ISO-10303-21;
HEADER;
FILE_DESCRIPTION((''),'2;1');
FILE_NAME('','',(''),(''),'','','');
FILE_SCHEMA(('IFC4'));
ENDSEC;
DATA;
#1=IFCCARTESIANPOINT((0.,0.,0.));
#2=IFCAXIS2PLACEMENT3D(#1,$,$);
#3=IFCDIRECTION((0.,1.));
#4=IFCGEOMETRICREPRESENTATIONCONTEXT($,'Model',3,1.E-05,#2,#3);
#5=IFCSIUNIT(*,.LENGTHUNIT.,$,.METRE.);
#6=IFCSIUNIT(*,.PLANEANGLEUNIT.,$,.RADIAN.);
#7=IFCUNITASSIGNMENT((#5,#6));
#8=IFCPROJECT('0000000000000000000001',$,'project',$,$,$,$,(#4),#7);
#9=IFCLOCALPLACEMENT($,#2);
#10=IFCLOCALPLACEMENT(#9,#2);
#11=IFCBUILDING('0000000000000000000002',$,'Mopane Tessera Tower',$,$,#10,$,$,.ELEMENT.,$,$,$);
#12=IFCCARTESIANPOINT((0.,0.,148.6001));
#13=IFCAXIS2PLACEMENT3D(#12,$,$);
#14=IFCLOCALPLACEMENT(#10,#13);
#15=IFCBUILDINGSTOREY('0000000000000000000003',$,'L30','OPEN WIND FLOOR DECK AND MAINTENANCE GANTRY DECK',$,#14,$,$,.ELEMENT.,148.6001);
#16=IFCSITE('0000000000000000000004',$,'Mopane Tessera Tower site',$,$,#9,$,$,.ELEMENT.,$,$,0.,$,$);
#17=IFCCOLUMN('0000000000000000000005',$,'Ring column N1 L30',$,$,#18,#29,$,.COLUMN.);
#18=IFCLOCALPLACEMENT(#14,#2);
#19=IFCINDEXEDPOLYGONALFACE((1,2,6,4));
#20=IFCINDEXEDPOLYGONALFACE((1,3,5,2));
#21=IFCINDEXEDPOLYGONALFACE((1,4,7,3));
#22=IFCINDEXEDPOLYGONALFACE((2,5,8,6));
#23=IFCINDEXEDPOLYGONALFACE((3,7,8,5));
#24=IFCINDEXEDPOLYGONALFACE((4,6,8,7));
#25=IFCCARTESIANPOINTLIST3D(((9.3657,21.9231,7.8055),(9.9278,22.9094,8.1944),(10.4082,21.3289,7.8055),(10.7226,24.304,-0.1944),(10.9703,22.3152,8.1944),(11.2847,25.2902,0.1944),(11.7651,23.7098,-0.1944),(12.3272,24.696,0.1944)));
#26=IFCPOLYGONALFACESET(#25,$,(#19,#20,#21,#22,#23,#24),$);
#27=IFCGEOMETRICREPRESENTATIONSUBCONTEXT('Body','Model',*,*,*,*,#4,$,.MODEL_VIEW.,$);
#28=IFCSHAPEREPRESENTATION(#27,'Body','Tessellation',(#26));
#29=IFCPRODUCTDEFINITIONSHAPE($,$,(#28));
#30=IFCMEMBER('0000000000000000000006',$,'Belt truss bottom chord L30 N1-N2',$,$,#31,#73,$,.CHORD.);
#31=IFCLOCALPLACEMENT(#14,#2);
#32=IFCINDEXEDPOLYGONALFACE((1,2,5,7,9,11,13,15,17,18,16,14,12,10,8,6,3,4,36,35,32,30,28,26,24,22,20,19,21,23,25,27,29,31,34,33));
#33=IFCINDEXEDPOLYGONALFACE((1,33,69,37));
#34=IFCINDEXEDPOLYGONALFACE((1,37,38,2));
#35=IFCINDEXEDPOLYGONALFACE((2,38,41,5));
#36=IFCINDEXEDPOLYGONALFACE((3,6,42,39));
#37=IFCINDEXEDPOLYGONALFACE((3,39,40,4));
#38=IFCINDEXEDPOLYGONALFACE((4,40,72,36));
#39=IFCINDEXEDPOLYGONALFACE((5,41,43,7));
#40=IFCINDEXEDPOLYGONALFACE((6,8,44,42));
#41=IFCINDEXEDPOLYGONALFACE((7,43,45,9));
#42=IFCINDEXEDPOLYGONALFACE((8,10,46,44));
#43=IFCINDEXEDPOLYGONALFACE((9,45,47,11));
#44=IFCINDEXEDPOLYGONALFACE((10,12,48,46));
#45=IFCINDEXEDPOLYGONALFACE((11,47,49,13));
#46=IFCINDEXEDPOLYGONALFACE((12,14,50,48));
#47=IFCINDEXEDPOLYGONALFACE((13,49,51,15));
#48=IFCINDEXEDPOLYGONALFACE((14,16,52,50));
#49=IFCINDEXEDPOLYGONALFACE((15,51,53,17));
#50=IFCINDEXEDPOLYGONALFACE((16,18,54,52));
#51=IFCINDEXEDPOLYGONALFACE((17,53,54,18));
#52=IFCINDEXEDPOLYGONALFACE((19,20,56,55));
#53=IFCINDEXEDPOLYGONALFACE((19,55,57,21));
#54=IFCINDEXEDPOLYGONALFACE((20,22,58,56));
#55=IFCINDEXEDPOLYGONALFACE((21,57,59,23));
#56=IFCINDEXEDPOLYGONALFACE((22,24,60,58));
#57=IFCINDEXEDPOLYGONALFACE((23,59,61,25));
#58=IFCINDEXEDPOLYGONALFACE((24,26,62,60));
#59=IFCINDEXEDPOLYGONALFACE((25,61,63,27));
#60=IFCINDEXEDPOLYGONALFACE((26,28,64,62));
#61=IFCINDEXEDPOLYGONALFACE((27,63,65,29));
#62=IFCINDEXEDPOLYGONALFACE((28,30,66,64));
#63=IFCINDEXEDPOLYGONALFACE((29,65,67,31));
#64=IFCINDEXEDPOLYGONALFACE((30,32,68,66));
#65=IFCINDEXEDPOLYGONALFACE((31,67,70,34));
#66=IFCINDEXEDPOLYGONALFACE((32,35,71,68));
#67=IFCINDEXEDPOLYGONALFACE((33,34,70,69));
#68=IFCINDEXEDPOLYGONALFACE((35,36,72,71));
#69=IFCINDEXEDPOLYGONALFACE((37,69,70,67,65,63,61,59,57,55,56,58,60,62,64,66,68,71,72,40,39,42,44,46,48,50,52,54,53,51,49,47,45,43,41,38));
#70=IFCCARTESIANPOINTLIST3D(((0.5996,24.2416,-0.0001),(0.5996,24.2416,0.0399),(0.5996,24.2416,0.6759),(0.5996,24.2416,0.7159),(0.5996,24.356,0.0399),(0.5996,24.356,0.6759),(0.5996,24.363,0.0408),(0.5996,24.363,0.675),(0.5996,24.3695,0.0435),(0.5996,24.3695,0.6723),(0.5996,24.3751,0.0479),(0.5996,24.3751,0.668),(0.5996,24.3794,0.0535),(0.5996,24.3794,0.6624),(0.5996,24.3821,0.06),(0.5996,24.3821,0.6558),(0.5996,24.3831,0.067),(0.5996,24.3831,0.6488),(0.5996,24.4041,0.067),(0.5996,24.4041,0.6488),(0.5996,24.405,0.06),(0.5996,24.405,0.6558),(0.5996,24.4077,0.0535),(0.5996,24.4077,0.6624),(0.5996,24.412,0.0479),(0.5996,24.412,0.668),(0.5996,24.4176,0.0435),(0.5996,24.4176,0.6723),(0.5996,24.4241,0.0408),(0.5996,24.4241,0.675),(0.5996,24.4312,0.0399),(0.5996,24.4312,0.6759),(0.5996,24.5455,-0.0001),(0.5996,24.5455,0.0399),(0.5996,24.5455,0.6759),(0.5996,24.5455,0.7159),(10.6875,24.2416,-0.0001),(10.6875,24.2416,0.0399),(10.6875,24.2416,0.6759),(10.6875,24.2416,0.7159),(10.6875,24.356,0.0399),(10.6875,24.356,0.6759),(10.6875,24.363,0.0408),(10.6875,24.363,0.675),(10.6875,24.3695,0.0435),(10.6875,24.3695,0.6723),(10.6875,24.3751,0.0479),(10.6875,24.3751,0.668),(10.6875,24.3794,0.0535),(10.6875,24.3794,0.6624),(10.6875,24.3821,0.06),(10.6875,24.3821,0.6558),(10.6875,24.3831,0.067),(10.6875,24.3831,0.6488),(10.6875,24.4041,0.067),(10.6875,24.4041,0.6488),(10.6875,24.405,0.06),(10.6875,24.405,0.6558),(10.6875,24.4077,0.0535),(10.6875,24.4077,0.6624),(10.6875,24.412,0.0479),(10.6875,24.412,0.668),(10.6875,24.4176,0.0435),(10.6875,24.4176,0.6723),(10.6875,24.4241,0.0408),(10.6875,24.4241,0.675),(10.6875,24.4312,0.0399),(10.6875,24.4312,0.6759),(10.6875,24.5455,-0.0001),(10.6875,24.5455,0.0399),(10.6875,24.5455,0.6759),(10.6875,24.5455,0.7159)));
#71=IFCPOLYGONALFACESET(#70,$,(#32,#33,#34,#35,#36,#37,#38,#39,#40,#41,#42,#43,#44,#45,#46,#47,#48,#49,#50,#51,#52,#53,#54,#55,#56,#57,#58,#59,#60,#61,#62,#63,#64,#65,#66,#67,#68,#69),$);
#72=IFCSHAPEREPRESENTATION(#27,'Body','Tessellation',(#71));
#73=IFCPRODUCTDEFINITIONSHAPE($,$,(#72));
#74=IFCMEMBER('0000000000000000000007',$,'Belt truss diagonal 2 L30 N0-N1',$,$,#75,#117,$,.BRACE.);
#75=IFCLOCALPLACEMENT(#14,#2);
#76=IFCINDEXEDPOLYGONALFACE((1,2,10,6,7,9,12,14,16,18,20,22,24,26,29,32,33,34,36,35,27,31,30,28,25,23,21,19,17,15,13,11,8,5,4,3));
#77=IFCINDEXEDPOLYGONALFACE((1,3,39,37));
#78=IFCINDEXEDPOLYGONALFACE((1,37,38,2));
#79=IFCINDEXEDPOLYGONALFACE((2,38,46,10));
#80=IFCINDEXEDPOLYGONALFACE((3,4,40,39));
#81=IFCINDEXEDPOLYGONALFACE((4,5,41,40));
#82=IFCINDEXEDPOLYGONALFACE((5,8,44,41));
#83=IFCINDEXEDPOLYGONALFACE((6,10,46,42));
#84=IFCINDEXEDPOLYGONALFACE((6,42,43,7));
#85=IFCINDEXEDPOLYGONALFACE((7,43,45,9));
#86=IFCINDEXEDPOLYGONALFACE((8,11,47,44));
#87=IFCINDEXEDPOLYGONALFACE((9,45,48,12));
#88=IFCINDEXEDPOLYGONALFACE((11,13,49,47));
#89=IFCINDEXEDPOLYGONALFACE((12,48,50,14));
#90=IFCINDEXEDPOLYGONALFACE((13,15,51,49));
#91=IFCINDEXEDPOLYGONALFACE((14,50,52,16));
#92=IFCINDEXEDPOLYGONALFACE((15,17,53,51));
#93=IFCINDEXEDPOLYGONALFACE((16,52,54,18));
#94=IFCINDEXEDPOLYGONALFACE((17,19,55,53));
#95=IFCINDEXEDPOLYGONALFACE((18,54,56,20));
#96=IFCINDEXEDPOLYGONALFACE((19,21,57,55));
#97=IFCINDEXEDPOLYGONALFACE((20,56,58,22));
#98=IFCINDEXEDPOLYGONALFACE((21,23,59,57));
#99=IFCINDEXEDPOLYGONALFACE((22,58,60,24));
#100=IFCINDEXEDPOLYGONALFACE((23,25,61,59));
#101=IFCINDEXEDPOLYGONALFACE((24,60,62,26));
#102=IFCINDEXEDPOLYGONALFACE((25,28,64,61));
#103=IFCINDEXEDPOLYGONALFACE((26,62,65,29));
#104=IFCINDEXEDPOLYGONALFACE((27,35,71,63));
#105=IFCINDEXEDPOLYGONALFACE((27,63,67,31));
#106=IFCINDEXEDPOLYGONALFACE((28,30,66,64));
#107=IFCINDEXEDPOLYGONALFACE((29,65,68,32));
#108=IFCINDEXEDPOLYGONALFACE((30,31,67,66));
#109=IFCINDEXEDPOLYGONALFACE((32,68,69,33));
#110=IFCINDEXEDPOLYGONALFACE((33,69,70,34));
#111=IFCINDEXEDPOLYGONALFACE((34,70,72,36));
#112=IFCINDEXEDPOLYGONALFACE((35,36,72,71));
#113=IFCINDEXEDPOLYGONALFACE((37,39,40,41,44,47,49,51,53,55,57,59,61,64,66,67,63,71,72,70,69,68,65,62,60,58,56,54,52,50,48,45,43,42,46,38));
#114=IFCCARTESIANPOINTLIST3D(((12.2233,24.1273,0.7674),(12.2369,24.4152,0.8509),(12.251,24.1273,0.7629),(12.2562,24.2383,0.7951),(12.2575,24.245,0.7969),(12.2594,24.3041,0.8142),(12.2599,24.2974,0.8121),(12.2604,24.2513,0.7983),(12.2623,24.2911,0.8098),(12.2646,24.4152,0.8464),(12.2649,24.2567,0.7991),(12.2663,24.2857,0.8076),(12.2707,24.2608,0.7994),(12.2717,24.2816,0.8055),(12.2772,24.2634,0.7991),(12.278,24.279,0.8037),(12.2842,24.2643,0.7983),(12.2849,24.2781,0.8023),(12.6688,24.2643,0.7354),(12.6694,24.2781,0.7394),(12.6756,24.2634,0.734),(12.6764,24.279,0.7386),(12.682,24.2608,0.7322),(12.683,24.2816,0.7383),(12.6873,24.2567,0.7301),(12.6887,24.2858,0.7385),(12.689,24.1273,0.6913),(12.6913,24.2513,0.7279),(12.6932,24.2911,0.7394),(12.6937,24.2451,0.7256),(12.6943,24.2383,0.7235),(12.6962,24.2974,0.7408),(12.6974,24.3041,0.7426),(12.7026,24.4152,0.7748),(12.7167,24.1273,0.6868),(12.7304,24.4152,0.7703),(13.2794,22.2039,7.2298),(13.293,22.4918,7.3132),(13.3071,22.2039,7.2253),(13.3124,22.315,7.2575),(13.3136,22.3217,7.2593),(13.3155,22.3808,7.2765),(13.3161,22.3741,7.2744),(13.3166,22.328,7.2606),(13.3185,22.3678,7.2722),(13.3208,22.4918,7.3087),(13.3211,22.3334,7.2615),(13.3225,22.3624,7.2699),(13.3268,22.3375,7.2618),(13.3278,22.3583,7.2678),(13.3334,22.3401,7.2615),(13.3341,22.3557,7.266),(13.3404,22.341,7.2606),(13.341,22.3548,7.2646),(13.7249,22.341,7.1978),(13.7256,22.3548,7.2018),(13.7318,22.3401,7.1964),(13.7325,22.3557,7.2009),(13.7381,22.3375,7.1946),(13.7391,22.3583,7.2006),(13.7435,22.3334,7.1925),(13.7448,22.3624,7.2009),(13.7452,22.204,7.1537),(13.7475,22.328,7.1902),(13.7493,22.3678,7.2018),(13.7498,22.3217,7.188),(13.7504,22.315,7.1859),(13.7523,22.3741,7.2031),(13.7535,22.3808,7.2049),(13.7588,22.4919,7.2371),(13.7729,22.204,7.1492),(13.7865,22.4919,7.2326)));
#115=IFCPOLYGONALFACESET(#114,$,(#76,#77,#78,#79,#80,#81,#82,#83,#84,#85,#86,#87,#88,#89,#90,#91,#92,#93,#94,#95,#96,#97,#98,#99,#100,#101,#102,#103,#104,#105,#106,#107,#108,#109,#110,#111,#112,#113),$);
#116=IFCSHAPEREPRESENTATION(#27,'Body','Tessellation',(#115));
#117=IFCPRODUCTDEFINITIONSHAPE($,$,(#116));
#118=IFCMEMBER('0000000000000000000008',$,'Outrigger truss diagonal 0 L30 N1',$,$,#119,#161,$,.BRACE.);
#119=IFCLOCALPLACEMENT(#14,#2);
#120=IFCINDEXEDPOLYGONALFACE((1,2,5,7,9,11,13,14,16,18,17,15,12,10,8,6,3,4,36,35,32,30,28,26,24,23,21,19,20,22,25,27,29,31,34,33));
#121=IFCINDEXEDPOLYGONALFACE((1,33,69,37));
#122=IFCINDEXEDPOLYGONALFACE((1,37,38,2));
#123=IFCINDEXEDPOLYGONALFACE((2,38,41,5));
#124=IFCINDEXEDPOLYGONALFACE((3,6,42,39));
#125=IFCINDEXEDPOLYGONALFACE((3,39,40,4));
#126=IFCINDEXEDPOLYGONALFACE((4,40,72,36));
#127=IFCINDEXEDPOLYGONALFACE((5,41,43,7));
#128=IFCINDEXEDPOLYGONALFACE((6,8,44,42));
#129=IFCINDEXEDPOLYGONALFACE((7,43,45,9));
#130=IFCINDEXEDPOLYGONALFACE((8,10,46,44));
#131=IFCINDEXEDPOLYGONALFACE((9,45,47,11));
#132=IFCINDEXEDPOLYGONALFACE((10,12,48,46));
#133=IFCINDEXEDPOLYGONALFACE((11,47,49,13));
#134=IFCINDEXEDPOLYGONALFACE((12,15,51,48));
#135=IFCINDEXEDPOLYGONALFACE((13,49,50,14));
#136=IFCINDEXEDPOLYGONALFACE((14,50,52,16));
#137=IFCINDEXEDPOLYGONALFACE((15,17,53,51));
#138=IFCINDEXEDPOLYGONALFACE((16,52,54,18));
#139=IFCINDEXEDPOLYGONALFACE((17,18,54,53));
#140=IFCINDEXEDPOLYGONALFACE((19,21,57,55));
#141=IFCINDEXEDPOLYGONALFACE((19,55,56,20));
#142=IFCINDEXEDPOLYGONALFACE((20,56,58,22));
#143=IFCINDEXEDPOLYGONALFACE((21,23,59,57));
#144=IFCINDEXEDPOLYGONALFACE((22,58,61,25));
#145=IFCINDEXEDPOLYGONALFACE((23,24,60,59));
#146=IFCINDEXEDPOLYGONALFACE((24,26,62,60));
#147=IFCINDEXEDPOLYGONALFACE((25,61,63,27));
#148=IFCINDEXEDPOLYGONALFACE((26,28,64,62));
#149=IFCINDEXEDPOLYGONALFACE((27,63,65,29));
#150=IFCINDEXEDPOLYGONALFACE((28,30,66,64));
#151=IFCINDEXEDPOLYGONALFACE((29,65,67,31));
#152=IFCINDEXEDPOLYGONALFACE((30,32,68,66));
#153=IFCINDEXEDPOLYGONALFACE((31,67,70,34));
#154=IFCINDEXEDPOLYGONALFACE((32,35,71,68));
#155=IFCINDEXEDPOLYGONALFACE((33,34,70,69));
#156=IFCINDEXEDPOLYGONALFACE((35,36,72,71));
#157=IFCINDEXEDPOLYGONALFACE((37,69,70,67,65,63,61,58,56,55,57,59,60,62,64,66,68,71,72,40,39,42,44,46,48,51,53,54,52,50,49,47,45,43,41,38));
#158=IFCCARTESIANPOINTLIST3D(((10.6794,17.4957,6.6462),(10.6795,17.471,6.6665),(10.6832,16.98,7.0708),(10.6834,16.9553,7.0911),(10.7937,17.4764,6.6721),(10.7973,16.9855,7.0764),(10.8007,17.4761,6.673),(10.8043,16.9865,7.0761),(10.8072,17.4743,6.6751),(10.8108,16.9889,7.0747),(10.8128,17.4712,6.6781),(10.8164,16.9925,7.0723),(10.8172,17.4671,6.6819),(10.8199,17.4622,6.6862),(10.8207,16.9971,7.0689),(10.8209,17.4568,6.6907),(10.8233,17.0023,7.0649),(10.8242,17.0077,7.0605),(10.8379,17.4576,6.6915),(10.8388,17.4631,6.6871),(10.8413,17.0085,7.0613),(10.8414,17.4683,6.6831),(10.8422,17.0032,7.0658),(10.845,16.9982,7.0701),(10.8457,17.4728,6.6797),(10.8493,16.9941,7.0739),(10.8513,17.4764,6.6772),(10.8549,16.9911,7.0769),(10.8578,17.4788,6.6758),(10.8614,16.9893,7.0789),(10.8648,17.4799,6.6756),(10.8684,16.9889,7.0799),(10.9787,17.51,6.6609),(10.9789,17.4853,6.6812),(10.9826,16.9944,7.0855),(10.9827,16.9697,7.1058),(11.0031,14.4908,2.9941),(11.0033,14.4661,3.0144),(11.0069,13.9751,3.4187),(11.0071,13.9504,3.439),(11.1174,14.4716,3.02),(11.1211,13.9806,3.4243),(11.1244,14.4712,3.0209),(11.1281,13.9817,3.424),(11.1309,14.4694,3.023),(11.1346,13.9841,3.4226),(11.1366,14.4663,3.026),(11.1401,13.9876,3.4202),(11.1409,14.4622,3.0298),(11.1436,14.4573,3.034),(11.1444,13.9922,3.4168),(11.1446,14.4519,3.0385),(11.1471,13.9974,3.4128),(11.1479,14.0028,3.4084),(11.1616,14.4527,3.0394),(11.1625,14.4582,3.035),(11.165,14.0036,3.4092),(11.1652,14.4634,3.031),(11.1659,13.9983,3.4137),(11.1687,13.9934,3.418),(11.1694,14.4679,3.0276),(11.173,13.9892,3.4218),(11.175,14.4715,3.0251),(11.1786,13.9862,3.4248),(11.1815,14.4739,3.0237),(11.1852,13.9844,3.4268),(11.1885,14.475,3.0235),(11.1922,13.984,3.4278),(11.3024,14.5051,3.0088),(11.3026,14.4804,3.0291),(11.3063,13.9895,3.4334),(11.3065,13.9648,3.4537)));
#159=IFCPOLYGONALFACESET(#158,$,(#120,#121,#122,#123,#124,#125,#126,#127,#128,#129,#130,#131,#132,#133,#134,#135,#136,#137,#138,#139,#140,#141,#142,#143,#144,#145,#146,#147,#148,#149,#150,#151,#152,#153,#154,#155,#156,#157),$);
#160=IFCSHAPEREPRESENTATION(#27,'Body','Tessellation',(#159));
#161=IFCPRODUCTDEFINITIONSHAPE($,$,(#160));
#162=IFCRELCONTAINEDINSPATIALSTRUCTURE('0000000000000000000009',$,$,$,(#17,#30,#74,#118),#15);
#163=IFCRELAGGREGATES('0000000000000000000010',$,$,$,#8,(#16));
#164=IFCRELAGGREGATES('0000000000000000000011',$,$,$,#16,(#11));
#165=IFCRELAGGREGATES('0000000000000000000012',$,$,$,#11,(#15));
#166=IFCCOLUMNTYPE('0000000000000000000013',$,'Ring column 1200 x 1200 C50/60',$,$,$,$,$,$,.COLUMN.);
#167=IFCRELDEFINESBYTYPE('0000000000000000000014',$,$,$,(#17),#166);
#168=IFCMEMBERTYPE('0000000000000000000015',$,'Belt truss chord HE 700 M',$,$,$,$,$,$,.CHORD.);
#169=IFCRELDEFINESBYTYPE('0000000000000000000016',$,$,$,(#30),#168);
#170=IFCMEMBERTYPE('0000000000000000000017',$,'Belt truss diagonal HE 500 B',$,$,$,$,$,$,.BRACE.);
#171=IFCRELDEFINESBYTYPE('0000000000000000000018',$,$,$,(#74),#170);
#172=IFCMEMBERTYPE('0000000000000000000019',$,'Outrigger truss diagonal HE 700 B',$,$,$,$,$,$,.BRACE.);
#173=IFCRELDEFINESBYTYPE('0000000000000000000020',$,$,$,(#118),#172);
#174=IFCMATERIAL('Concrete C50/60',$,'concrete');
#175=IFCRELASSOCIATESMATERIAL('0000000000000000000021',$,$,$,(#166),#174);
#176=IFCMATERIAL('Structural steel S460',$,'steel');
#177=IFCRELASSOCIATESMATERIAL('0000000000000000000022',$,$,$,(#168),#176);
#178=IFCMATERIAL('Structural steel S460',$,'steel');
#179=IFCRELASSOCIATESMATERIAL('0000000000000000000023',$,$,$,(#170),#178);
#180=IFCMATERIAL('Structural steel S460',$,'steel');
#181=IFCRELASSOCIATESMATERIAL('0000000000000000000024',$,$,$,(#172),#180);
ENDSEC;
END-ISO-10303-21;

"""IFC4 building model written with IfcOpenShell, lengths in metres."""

from ifc_helpers import new_model, si_unit, direction, frame, origin, origin_2d, place, context, subcontext, project, spatial, rectangle, i_section, extrude, material, material_profile, profile_set, type_object, element, save


model = new_model("IFC4")

# Units and contexts
model_context = context("Model", 3, precision=1e-05, world=origin(), true_north=direction((0.0, 1.0)))
body_context = subcontext(model_context, "Body", "Model", "MODEL_VIEW")
ifc_project = project(units=[si_unit("LENGTHUNIT", "METRE"), si_unit("PLANEANGLEUNIT", "RADIAN")], contexts=[model_context])

# Site, building, storey
site_placement = place(None, origin())
site = spatial("IfcSite", under=ifc_project, at=site_placement, Name="Mopane Tessera Tower site", CompositionType="ELEMENT", RefElevation=0.0)
building_placement = place(site_placement, origin())
building = spatial("IfcBuilding", under=site, at=building_placement, Name="Mopane Tessera Tower", CompositionType="ELEMENT")
storey_placement = place(building_placement, frame((0.0, 0.0, 148.6001)))
storey = spatial("IfcBuildingStorey", under=building, at=storey_placement, Name="L30", Description="OPEN WIND FLOOR DECK AND MAINTENANCE GANTRY DECK", CompositionType="ELEMENT", Elevation=148.6001)

# Column
ifc_material_1 = material(Name="Concrete C50/60", Category="concrete")
ifc_material_profile_1 = material_profile(ifc_material_1, rectangle(XDim=1.2, YDim=1.2, at=origin_2d()))
ifc_profile_set_1 = profile_set([ifc_material_profile_1], Name="Concrete C50/60")
column_type = type_object("IfcColumnType", Name="Ring column 1200 x 1200 C50/60", PredefinedType="COLUMN", material=ifc_profile_set_1)
column_placement = place(storey_placement, frame((11.5249, 24.5, 0.0), z_axis=(-0.160463, -0.281547, 0.946035), x_axis=(0.868802, -0.49516, 0.0)))
element("IfcColumn", 1, at=column_placement, inside=storey, type_object=column_type, Name="Ring column N1 L30", PredefinedType="COLUMN", context=body_context, shape_type="SweptSolid", body=[
    extrude(rectangle(XDim=1.2, YDim=1.2, at=origin_2d()), origin(), (0.0, 0.0, 1.0), 8.4563),
])

# Members
ifc_material_2 = material(Name="Structural steel S460", Category="steel")
ifc_material_profile_2 = material_profile(ifc_material_2, i_section(OverallWidth=0.304, OverallDepth=0.7161, WebThickness=0.021, FlangeThickness=0.04, FilletRadius=0.0271, at=origin_2d()))
ifc_profile_set_2 = profile_set([ifc_material_profile_2], Name="Structural steel S460")
member_type_1 = type_object("IfcMemberType", Name="Belt truss chord HE 700 M", PredefinedType="CHORD", material=ifc_profile_set_2)
member_1_placement = place(storey_placement, frame((10.6875, 24.3936, 0.3579), z_axis=(-1.0, 0.0, 0.0), x_axis=(0.0, -1.0, 0.0)))
element("IfcMember", 2, at=member_1_placement, inside=storey, type_object=member_type_1, Name="Belt truss bottom chord L30 N1-N2", PredefinedType="CHORD", context=body_context, shape_type="SweptSolid", body=[
    extrude(i_section(OverallWidth=0.304, OverallDepth=0.7161, WebThickness=0.021, FlangeThickness=0.04, FilletRadius=0.0271, at=origin_2d()), origin(), (0.0, 0.0, 1.0), 10.0879),
])
ifc_material_3 = material(Name="Structural steel S460", Category="steel")
ifc_material_profile_3 = material_profile(ifc_material_3, i_section(OverallWidth=0.3, OverallDepth=0.5, WebThickness=0.0144, FlangeThickness=0.0281, FilletRadius=0.0271, at=origin_2d()))
ifc_profile_set_3 = profile_set([ifc_material_profile_3], Name="Structural steel S460")
member_type_2 = type_object("IfcMemberType", Name="Belt truss diagonal HE 500 B", PredefinedType="BRACE", material=ifc_profile_set_3)
member_2_placement = place(storey_placement, frame((13.533, 22.3479, 7.2312), z_axis=(-0.154753, 0.281818, -0.946906), x_axis=(-0.045419, -0.959468, -0.278134)))
element("IfcMember", 3, at=member_2_placement, inside=storey, type_object=member_type_2, Name="Belt truss diagonal 2 L30 N0-N1", PredefinedType="BRACE", context=body_context, shape_type="SweptSolid", body=[
    extrude(i_section(OverallWidth=0.3, OverallDepth=0.5, WebThickness=0.0144, FlangeThickness=0.0281, FilletRadius=0.0271, at=origin_2d()), origin(), (0.0, 0.0, 1.0), 6.8247),
])
ifc_material_4 = material(Name="Structural steel S460", Category="steel")
ifc_material_profile_4 = material_profile(ifc_material_4, i_section(OverallWidth=0.3, OverallDepth=0.7, WebThickness=0.0171, FlangeThickness=0.032, FilletRadius=0.0271, at=origin_2d()))
ifc_profile_set_4 = profile_set([ifc_material_profile_4], Name="Structural steel S460")
member_type_3 = type_object("IfcMemberType", Name="Outrigger truss diagonal HE 700 B", PredefinedType="BRACE", material=ifc_profile_set_4)
member_3_placement = place(storey_placement, frame((11.1548, 14.2278, 3.2239), z_axis=(-0.068291, 0.63388, 0.770411), x_axis=(-0.997649, -0.047854, -0.04906)))
element("IfcMember", 4, at=member_3_placement, inside=storey, type_object=member_type_3, Name="Outrigger truss diagonal 0 L30 N1", PredefinedType="BRACE", context=body_context, shape_type="SweptSolid", body=[
    extrude(i_section(OverallWidth=0.3, OverallDepth=0.7, WebThickness=0.0171, FlangeThickness=0.032, FilletRadius=0.0271, at=origin_2d()), origin(), (0.0, 0.0, 1.0), 4.7405),
])

save(model, "model.ifc")
